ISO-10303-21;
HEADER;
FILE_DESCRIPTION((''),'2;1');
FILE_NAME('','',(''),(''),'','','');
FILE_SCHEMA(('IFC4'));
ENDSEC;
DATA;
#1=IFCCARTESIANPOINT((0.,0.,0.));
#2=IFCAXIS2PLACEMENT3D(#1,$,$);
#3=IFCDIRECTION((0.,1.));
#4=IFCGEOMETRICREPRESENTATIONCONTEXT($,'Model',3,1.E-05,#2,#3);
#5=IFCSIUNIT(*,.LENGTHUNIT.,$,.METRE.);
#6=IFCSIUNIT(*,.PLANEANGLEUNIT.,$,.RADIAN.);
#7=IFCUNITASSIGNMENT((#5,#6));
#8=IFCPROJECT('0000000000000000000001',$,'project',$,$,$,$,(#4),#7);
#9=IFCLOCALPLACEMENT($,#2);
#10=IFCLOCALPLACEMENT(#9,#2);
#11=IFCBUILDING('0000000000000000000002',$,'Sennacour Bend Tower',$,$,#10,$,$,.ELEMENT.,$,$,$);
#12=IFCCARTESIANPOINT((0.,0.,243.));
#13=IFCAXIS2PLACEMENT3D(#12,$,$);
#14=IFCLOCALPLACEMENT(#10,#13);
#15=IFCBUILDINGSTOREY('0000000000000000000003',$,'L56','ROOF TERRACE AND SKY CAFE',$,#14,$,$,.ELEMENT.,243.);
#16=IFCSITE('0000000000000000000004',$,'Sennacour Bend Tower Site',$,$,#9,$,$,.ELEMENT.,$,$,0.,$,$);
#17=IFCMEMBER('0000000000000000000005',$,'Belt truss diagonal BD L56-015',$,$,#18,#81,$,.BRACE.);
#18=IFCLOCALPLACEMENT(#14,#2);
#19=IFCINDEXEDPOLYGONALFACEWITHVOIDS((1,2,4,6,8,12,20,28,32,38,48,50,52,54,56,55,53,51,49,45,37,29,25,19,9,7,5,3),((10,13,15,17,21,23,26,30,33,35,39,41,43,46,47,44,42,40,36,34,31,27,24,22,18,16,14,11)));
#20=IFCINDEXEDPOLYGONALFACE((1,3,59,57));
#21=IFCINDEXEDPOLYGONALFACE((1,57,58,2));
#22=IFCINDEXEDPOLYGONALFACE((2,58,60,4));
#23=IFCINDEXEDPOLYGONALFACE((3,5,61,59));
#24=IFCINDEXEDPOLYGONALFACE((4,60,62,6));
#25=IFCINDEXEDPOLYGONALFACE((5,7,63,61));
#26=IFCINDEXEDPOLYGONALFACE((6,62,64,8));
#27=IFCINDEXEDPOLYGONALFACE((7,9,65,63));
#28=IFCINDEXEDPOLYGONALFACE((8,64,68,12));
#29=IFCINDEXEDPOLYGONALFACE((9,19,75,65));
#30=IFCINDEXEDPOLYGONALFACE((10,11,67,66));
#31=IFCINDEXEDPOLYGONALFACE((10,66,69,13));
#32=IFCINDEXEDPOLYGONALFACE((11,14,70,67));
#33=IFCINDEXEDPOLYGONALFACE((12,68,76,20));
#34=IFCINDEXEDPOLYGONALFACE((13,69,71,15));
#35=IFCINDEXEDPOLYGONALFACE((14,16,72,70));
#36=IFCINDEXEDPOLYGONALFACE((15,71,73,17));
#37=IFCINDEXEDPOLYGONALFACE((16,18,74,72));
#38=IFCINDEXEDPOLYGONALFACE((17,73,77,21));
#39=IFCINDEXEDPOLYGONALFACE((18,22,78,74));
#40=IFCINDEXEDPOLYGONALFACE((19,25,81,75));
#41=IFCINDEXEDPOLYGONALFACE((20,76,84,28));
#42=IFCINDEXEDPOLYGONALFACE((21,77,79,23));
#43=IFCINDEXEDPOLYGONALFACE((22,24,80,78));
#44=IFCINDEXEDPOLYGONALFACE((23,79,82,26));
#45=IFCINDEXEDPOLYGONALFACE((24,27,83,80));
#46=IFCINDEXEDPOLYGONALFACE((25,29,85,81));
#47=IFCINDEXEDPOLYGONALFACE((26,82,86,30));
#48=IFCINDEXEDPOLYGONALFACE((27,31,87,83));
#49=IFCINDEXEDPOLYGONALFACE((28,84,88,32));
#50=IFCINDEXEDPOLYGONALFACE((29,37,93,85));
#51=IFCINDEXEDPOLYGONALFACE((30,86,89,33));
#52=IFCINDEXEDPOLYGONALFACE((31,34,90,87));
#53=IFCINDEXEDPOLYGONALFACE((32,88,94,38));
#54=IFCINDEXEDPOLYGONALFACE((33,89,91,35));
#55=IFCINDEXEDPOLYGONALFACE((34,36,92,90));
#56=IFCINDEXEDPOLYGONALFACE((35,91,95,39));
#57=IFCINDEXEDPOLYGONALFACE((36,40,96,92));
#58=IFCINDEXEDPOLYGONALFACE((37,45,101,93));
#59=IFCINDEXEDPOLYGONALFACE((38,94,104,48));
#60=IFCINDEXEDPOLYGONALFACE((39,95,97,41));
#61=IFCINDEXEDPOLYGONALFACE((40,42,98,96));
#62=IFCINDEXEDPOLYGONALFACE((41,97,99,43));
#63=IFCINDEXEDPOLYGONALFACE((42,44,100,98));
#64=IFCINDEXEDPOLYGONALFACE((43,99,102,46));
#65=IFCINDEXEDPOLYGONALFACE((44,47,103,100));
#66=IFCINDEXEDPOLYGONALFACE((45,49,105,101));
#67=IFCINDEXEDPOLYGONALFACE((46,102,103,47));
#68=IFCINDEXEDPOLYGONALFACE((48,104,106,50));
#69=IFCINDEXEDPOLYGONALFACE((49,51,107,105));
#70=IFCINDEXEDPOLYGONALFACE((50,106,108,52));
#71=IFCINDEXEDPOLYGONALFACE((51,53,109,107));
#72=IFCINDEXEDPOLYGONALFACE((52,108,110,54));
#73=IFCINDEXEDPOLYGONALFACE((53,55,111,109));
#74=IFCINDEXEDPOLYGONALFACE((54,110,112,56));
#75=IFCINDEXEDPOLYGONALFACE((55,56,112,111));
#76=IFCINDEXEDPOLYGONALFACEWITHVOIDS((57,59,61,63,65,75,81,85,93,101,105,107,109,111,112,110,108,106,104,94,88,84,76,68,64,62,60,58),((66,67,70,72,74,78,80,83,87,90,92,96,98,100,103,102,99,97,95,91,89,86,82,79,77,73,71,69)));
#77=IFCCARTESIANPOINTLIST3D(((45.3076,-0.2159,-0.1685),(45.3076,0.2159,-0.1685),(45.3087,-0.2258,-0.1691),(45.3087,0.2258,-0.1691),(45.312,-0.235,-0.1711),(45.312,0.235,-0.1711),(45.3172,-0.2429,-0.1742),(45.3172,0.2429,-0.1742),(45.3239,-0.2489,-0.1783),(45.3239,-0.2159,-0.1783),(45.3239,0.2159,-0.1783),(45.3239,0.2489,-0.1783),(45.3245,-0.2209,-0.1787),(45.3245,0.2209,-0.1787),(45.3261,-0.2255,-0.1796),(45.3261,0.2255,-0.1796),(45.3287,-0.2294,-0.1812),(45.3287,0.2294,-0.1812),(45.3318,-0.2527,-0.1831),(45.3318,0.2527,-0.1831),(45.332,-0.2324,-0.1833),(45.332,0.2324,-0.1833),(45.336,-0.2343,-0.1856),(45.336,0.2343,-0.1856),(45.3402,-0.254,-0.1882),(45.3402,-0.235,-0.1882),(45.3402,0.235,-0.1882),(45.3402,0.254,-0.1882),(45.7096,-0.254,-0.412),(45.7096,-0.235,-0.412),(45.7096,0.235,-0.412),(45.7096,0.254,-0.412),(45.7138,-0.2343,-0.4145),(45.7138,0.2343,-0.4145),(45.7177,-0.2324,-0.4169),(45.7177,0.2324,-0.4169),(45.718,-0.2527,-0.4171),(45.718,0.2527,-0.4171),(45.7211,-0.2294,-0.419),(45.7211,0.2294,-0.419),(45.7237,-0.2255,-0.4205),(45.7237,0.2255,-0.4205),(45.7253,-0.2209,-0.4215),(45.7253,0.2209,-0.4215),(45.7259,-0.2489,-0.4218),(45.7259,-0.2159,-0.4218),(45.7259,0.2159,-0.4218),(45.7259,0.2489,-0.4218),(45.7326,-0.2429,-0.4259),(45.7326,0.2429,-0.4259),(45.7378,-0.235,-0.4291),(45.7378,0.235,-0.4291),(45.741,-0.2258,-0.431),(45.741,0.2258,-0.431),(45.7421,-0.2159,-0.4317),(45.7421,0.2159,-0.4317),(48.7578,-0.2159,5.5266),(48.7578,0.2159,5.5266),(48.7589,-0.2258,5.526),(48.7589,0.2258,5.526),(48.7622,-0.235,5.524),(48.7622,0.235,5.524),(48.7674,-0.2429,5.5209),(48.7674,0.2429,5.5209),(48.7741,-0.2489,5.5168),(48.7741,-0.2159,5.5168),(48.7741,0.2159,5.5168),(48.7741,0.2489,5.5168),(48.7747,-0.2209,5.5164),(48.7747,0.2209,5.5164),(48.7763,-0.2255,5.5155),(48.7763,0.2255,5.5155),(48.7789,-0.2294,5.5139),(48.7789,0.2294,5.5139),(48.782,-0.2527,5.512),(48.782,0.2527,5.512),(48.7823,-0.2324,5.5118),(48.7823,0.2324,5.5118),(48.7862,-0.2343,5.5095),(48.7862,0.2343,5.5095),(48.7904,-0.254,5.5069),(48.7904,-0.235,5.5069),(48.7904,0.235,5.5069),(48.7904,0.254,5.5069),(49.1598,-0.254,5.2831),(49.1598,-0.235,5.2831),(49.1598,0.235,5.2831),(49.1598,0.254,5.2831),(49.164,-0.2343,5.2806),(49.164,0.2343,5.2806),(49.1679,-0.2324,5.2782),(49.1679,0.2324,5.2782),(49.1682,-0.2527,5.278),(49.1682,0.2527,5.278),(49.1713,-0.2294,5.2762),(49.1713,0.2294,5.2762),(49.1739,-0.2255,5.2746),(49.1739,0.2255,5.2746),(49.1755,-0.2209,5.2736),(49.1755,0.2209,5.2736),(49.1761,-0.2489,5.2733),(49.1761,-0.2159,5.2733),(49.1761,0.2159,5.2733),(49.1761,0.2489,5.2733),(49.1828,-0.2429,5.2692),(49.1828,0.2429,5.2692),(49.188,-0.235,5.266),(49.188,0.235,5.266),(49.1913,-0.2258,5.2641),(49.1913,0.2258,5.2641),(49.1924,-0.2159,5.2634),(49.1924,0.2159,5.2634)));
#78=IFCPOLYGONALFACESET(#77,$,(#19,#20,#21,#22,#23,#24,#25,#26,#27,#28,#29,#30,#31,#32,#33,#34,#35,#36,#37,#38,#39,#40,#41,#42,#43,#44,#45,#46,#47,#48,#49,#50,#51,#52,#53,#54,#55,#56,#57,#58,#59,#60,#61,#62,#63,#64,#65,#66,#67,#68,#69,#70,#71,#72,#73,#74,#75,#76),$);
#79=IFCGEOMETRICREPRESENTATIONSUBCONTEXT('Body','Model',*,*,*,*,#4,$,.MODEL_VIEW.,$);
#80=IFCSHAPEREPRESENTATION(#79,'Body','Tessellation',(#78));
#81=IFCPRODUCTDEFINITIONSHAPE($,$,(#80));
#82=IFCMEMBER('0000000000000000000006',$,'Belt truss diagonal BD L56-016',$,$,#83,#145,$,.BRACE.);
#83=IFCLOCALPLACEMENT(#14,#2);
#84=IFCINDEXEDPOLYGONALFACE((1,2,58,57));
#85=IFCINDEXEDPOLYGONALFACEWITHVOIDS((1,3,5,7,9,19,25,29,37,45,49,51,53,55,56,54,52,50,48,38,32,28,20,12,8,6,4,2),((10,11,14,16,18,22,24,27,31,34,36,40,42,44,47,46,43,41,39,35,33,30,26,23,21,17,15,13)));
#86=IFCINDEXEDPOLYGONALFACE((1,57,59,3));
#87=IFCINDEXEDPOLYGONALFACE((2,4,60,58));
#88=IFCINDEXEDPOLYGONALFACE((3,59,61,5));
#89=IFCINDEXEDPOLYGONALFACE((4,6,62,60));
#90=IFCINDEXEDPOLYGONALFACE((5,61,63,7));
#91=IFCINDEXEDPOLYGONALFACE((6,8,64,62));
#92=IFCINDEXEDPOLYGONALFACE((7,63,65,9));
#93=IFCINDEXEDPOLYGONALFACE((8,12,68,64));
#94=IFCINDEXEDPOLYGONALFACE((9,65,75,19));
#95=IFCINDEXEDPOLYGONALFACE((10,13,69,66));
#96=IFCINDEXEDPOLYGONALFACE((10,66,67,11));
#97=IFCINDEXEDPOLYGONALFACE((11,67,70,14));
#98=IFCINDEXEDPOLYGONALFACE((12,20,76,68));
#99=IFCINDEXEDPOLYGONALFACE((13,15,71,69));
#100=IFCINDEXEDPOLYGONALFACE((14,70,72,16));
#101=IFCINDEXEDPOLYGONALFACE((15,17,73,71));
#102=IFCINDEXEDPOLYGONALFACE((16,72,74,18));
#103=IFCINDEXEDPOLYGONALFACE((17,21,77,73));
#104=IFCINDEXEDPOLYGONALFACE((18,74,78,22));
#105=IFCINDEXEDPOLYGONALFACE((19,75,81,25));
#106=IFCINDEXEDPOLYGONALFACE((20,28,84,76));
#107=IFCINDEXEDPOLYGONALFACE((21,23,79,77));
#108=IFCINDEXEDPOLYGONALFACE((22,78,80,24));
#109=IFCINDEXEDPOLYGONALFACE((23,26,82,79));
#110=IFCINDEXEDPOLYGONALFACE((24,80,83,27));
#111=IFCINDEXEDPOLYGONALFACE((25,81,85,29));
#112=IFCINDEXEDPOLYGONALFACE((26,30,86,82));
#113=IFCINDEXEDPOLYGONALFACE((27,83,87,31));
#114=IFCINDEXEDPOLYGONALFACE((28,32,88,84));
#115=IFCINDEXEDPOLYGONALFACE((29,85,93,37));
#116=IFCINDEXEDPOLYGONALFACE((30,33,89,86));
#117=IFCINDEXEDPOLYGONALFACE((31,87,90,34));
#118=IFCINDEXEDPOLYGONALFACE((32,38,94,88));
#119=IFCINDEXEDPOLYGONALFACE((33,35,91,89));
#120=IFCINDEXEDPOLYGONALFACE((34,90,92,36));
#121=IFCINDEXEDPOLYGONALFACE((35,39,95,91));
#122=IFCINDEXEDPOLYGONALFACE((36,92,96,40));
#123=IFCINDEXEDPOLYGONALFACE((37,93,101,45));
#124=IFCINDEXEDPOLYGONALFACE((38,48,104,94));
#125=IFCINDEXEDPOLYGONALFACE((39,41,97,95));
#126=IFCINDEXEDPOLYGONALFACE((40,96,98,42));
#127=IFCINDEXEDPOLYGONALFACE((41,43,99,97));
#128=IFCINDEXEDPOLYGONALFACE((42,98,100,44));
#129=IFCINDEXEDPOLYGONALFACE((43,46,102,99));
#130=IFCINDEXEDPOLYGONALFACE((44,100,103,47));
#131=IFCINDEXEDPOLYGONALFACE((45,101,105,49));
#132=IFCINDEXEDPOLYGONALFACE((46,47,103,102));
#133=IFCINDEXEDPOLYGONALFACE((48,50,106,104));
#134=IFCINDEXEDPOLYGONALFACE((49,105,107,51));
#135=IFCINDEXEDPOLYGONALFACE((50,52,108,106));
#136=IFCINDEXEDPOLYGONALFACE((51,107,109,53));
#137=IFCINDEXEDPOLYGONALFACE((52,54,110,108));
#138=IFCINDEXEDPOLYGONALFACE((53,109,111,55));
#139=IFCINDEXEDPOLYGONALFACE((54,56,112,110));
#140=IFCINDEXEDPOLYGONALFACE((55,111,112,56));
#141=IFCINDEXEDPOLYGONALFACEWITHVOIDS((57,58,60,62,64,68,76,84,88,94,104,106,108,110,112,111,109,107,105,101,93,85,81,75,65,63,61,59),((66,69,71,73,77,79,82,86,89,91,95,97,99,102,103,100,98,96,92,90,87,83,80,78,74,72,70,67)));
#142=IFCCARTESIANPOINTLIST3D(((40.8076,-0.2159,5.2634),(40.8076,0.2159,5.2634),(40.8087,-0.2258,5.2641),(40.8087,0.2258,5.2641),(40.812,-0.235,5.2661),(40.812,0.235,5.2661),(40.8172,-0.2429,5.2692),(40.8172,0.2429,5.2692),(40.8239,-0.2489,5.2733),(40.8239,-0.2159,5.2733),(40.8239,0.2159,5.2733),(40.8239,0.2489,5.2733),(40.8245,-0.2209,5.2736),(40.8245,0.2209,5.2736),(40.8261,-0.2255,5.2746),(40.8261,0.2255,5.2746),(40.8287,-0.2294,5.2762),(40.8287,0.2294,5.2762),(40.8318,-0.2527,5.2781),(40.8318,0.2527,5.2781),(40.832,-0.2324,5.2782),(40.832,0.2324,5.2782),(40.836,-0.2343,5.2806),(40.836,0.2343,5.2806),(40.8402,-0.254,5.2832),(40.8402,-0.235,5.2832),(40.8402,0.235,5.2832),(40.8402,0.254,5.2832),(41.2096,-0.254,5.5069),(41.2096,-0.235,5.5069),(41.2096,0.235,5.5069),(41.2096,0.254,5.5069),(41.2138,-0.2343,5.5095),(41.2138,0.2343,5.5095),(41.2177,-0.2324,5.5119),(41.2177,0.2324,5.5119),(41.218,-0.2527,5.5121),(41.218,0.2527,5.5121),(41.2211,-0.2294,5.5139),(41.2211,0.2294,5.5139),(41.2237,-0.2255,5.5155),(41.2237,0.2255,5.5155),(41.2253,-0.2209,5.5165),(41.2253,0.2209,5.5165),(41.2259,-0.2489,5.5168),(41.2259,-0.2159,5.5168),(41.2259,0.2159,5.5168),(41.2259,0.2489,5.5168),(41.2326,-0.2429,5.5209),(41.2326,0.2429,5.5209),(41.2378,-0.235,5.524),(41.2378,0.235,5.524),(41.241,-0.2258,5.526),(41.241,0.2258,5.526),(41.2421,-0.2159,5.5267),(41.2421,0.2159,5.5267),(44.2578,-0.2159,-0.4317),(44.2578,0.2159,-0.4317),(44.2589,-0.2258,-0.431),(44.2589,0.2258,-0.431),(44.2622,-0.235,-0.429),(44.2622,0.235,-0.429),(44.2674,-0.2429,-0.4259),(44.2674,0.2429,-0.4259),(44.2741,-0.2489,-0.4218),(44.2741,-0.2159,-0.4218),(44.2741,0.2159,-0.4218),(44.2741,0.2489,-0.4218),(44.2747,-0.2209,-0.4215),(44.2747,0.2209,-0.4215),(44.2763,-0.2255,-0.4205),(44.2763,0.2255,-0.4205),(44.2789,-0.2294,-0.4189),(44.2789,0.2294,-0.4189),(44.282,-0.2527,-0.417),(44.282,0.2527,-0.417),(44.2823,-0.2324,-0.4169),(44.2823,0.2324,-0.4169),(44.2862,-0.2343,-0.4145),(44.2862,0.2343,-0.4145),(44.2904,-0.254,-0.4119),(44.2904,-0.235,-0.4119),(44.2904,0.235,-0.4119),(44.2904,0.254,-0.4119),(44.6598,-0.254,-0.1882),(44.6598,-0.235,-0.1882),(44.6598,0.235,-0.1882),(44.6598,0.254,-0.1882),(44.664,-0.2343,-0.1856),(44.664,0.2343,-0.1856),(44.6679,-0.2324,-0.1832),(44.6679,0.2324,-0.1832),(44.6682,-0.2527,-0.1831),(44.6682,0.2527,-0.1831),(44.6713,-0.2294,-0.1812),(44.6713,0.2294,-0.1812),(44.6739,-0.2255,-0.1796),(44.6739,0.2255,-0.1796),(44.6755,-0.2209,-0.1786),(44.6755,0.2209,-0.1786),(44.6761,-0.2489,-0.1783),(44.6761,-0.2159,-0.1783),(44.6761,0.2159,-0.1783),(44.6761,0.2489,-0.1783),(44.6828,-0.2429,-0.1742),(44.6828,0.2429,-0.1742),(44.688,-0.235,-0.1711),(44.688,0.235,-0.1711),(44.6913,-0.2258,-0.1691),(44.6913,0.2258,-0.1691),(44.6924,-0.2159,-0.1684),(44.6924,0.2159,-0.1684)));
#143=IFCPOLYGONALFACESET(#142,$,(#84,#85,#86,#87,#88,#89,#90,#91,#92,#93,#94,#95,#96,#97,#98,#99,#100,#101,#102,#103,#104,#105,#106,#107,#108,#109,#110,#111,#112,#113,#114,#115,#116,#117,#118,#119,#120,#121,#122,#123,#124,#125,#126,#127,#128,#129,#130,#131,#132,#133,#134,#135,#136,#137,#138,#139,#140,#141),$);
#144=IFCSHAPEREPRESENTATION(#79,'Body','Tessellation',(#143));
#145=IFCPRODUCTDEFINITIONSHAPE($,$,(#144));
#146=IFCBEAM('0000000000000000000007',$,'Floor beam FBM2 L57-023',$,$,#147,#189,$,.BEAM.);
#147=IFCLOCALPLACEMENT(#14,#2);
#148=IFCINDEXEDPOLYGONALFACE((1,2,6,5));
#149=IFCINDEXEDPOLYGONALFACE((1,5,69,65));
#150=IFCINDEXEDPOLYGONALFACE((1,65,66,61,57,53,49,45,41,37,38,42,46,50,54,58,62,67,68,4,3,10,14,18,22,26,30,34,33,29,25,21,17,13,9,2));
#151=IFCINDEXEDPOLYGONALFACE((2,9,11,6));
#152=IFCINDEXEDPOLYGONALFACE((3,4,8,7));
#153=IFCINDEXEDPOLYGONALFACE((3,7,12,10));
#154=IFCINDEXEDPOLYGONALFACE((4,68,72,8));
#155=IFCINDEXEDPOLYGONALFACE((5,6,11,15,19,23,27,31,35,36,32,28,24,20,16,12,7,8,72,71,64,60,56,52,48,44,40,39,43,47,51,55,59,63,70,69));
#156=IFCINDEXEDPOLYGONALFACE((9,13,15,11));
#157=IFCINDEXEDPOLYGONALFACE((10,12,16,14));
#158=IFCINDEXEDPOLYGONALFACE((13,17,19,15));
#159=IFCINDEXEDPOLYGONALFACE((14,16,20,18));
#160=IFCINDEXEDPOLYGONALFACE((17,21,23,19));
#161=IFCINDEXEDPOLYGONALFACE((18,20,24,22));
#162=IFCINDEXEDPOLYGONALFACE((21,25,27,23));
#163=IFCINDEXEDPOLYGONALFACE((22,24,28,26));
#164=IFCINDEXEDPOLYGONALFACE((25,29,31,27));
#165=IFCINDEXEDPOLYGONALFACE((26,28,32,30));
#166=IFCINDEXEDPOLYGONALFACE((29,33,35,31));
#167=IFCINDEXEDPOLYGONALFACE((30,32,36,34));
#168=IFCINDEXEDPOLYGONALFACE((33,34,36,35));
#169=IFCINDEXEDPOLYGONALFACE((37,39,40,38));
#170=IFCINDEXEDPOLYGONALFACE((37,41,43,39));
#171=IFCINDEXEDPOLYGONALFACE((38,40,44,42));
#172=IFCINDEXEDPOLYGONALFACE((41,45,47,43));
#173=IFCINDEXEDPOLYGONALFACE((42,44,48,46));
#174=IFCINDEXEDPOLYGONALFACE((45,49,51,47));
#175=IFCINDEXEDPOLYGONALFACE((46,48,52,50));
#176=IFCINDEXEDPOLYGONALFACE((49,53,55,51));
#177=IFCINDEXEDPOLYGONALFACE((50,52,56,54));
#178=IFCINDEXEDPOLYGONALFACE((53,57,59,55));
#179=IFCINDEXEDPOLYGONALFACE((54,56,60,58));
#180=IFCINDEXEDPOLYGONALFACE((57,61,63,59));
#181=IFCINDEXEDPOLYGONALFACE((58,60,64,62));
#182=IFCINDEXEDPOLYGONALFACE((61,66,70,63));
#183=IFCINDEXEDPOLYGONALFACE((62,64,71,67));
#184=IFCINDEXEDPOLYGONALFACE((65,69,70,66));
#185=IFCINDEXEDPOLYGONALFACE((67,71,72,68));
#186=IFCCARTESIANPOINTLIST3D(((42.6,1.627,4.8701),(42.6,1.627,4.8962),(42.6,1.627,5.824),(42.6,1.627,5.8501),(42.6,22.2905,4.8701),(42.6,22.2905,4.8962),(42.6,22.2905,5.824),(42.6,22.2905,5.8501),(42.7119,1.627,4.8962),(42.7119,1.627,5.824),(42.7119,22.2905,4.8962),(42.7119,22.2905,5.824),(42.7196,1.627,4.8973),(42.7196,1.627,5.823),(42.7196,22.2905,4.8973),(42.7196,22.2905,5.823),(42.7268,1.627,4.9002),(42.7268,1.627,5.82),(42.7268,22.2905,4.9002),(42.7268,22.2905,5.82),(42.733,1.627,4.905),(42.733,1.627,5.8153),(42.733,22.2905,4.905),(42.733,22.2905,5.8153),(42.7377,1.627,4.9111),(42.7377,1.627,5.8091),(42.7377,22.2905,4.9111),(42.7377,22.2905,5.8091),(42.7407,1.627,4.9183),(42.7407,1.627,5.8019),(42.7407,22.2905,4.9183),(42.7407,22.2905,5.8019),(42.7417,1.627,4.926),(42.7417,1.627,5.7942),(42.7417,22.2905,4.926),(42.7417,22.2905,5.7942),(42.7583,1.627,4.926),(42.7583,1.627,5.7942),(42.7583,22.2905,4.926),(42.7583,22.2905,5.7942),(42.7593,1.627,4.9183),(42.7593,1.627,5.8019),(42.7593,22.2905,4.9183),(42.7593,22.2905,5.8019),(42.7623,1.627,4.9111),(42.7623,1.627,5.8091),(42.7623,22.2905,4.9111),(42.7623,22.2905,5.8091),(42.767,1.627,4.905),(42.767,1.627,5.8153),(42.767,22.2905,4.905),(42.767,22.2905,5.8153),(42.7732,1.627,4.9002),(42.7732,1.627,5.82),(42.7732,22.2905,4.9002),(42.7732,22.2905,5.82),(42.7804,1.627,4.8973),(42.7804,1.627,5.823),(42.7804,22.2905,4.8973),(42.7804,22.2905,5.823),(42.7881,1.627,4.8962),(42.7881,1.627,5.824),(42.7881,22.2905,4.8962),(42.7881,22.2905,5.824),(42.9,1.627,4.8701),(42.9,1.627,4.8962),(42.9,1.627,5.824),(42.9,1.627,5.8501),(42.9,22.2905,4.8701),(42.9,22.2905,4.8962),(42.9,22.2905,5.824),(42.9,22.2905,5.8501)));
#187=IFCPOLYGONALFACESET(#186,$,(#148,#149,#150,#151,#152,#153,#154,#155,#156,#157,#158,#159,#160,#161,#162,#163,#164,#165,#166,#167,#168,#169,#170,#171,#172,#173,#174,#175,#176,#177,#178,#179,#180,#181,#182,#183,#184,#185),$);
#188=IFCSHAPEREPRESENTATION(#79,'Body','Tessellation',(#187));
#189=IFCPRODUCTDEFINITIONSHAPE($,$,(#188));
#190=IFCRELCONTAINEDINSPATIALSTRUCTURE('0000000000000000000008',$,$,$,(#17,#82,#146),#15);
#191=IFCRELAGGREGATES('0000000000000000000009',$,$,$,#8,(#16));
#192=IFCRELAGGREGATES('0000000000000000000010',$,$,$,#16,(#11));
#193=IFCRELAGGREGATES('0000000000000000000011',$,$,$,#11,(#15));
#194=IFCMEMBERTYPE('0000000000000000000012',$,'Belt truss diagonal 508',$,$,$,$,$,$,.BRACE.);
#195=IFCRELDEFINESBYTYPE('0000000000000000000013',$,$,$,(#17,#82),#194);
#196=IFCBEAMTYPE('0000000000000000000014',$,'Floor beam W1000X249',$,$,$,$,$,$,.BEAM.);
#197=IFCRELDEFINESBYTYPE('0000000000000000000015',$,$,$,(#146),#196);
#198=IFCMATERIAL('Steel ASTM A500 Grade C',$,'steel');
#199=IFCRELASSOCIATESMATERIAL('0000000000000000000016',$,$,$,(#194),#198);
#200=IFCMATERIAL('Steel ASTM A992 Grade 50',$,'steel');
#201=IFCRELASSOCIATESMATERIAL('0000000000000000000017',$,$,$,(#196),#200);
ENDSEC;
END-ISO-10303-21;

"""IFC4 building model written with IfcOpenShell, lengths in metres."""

from ifc_helpers import new_model, si_unit, direction, frame, origin, origin_2d, place, context, subcontext, project, spatial, hollow_rectangle, i_section, extrude, material, material_profile, profile_set, type_object, element, save


model = new_model("IFC4")

# Units and contexts
model_context = context("Model", 3, precision=1e-05, world=origin(), true_north=direction((0.0, 1.0)))
body_context = subcontext(model_context, "Body", "Model", "MODEL_VIEW")
ifc_project = project(units=[si_unit("LENGTHUNIT", "METRE"), si_unit("PLANEANGLEUNIT", "RADIAN")], contexts=[model_context])

# Site, building, storey
site_placement = place(None, origin())
site = spatial("IfcSite", under=ifc_project, at=site_placement, Name="Sennacour Bend Tower Site", CompositionType="ELEMENT", RefElevation=0.0)
building_placement = place(site_placement, origin())
building = spatial("IfcBuilding", under=site, at=building_placement, Name="Sennacour Bend Tower", CompositionType="ELEMENT")
storey_placement = place(building_placement, frame((0.0, 0.0, 243.0)))
storey = spatial("IfcBuildingStorey", under=building, at=storey_placement, Name="L56", Description="ROOF TERRACE AND SKY CAFE", CompositionType="ELEMENT", Elevation=243.0)

# Members
ifc_material_1 = material(Name="Steel ASTM A992 Grade 50", Category="steel")
ifc_material_2 = material(Name="Steel ASTM A500 Grade C", Category="steel")
ifc_material_profile_1 = material_profile(ifc_material_2, hollow_rectangle(XDim=0.5081, YDim=0.5081, WallThickness=0.019, InnerFilletRadius=0.019, OuterFilletRadius=0.0381, at=origin_2d()), Name="Steel ASTM A500 Grade C", Category="steel")
ifc_profile_set_1 = profile_set([ifc_material_profile_1], Name="Steel ASTM A500 Grade C")
member_type_1 = type_object("IfcMemberType", Name="Belt truss diagonal 508", PredefinedType="BRACE", material=ifc_profile_set_1)
for number, where, z_axis, x_axis, name in (
    (1, (48.9751, 0.0, 5.395), (-0.518152, 0.0, -0.855288), (0.0, -1.0, 0.0), "Belt truss diagonal BD L56-015"),
    (2, (44.4751, 0.0, -0.3), (-0.518152, 0.0, 0.855288), (0.0, -1.0, 0.0), "Belt truss diagonal BD L56-016"),
):
    element("IfcMember", number, at=place(storey_placement, frame(where, z_axis=z_axis, x_axis=x_axis)), inside=storey, type_object=member_type_1, Name=name, PredefinedType="BRACE", context=body_context, shape_type="SweptSolid", body=[
        extrude(hollow_rectangle(XDim=0.5081, YDim=0.5081, WallThickness=0.019, InnerFilletRadius=0.019, OuterFilletRadius=0.0381, at=origin_2d()), origin(), (0.0, 0.0, 1.0), 6.6587),
    ])

# Beam
ifc_material_profile_2 = material_profile(ifc_material_1, i_section(OverallWidth=0.3, OverallDepth=0.98, WebThickness=0.0166, FlangeThickness=0.0261, FilletRadius=0.0298, at=origin_2d()), Name="Steel ASTM A992 Grade 50", Category="steel")
ifc_profile_set_2 = profile_set([ifc_material_profile_2], Name="Steel ASTM A992 Grade 50")
beam_type_1 = type_object("IfcBeamType", Name="Floor beam W1000X249", PredefinedType="BEAM", material=ifc_profile_set_2)
for number, where, z_axis, x_axis, name in (
    (3, (42.75, 1.627, 5.3601), (0.0, 1.0, 0.0), (-1.0, 0.0, 0.0), "Floor beam FBM2 L57-023"),
):
    element("IfcBeam", number, at=place(storey_placement, frame(where, z_axis=z_axis, x_axis=x_axis)), inside=storey, type_object=beam_type_1, Name=name, PredefinedType="BEAM", context=body_context, shape_type="SweptSolid", body=[
        extrude(i_section(OverallWidth=0.3, OverallDepth=0.98, WebThickness=0.0166, FlangeThickness=0.0261, FilletRadius=0.0298, at=origin_2d()), origin(), (0.0, 0.0, 1.0), 20.6636),
    ])

save(model, "model.ifc")
